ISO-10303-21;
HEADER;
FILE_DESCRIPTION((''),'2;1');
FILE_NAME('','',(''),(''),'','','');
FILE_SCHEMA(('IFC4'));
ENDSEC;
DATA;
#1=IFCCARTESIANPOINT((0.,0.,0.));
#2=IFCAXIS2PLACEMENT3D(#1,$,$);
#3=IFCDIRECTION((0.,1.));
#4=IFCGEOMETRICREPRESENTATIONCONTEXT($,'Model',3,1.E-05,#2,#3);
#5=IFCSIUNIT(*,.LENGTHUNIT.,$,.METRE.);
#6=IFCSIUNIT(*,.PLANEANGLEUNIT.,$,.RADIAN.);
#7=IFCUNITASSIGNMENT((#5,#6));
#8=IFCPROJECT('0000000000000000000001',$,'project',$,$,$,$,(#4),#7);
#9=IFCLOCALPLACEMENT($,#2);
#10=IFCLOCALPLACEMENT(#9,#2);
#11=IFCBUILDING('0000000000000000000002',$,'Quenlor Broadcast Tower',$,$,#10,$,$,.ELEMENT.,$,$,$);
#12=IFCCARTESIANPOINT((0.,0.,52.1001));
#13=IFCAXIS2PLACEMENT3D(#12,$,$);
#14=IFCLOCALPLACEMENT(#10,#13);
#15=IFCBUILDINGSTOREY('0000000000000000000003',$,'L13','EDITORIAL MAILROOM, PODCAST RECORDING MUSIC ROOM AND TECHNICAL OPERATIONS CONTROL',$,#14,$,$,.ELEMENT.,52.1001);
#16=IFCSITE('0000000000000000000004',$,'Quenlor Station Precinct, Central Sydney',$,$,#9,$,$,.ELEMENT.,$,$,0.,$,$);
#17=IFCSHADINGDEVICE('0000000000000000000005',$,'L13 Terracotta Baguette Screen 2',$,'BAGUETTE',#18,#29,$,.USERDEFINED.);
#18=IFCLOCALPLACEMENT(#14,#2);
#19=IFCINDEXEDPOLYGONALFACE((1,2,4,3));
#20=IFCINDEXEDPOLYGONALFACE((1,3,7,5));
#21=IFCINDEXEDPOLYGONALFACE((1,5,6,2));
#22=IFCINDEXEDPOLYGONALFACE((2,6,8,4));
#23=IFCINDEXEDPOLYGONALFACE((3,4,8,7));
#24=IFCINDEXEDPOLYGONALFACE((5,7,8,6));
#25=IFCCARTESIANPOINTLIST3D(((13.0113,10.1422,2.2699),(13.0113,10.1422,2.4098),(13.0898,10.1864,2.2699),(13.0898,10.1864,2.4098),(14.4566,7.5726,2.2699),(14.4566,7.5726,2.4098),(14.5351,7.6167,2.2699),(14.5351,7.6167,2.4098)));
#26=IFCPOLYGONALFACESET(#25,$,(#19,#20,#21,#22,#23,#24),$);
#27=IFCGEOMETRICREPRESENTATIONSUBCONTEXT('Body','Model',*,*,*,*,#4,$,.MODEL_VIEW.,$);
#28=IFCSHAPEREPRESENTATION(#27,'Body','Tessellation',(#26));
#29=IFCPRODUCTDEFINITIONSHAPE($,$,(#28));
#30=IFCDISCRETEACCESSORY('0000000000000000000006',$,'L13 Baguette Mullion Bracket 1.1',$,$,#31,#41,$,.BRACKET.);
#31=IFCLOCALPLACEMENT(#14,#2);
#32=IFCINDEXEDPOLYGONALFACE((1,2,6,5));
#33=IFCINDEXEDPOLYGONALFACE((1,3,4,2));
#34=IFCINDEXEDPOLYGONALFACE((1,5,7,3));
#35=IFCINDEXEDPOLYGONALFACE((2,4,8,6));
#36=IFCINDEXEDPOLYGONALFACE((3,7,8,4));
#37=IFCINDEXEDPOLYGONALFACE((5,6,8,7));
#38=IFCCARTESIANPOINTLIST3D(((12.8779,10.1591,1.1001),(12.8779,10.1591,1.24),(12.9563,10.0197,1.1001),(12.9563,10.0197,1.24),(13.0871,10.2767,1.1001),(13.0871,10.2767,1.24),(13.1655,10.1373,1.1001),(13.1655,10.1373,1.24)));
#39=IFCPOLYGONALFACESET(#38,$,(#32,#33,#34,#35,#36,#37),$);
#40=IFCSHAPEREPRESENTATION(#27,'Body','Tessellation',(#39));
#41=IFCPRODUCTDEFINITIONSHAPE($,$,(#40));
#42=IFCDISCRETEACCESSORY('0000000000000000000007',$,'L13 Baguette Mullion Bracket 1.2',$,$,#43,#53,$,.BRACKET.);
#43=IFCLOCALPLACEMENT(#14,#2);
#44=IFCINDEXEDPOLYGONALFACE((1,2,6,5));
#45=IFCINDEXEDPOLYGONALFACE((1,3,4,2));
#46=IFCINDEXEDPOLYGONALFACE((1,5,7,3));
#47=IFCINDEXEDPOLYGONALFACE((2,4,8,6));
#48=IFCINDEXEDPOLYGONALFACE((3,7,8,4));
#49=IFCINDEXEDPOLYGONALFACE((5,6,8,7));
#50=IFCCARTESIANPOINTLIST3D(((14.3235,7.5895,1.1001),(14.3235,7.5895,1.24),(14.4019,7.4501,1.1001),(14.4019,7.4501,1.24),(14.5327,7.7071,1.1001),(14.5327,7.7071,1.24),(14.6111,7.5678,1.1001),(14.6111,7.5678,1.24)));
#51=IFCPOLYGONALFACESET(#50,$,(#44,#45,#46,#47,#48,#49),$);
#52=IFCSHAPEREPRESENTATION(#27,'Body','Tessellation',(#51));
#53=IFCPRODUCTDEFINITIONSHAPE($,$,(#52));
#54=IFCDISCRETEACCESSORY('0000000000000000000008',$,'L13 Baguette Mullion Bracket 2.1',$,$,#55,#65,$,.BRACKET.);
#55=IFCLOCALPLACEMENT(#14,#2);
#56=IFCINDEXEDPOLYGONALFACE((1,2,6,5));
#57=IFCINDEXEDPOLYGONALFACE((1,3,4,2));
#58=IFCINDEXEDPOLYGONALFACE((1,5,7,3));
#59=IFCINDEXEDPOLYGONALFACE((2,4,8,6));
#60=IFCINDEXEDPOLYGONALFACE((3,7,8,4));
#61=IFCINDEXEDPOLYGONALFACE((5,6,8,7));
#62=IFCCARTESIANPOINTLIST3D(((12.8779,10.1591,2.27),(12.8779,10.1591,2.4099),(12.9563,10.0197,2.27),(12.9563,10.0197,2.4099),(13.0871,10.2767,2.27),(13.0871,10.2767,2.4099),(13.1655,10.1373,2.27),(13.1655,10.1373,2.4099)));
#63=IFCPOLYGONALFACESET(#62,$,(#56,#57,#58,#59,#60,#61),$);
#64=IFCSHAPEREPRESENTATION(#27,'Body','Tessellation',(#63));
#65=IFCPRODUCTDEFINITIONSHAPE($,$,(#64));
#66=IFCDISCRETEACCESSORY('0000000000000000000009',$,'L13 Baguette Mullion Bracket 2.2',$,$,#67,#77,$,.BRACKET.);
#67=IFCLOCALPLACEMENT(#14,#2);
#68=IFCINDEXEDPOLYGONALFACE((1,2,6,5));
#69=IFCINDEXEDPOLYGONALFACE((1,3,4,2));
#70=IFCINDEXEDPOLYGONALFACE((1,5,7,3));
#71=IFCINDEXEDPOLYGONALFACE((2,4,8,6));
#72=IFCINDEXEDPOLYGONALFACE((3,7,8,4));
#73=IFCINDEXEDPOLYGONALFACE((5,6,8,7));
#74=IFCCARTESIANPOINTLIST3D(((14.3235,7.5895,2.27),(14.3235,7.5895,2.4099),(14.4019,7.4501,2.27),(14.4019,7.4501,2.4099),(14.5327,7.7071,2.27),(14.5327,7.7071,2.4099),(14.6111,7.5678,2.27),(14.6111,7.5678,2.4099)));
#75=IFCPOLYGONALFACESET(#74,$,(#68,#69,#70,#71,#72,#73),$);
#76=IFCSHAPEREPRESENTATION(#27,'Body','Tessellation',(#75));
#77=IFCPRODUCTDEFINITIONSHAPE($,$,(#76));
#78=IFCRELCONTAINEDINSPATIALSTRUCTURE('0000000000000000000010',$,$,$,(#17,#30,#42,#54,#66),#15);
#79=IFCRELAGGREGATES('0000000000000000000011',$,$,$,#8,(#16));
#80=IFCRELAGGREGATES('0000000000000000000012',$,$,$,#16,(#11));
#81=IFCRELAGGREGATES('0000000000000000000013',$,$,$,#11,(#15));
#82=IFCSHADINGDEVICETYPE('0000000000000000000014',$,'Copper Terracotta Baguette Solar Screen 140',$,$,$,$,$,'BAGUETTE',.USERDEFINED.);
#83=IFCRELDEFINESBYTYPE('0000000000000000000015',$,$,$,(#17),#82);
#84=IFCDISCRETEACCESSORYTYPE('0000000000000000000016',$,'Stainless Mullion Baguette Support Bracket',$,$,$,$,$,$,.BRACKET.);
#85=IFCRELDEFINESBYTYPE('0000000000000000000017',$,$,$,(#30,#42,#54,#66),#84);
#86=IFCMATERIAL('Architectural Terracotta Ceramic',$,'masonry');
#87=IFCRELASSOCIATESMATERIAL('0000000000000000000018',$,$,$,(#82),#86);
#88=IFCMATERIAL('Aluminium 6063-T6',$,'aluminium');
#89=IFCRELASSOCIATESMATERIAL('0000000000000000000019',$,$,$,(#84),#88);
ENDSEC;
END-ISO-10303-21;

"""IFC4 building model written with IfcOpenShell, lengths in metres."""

from ifc_helpers import new_model, si_unit, direction, frame, origin, origin_2d, place, context, subcontext, project, spatial, rectangle, extrude, material, material_profile, profile_set, type_object, element, save


model = new_model("IFC4")

# Units and contexts
model_context = context("Model", 3, precision=1e-05, world=origin(), true_north=direction((0.0, 1.0)))
body_context = subcontext(model_context, "Body", "Model", "MODEL_VIEW")
ifc_project = project(units=[si_unit("LENGTHUNIT", "METRE"), si_unit("PLANEANGLEUNIT", "RADIAN")], contexts=[model_context])

# Site, building, storey
site_placement = place(None, origin())
site = spatial("IfcSite", under=ifc_project, at=site_placement, Name="Quenlor Station Precinct, Central Sydney", CompositionType="ELEMENT", RefElevation=0.0)
building_placement = place(site_placement, origin())
building = spatial("IfcBuilding", under=site, at=building_placement, Name="Quenlor Broadcast Tower", CompositionType="ELEMENT")
storey_placement = place(building_placement, frame((0.0, 0.0, 52.1001)))
storey = spatial("IfcBuildingStorey", under=building, at=storey_placement, Name="L13", Description="EDITORIAL MAILROOM, PODCAST RECORDING MUSIC ROOM AND TECHNICAL OPERATIONS CONTROL", CompositionType="ELEMENT", Elevation=52.1001)

# Shading device
ifc_material_1 = material(Name="Architectural Terracotta Ceramic", Category="masonry")
ifc_material_profile_1 = material_profile(ifc_material_1, rectangle(XDim=0.0901, YDim=0.1399, at=origin_2d()))
ifc_profile_set_1 = profile_set([ifc_material_profile_1], Name="Architectural Terracotta Ceramic BAG90x140")
shading_device_type = type_object("IfcShadingDeviceType", Name="Copper Terracotta Baguette Solar Screen 140", ElementType="BAGUETTE", PredefinedType="USERDEFINED", material=ifc_profile_set_1)
for number, where, z_axis, x_axis, name in (
    (1, (13.0505, 10.1643, 2.3398), (0.490242, -0.871587, 0.0), (0.871587, 0.490242, 0.0), "L13 Terracotta Baguette Screen 2"),
):
    element("IfcShadingDevice", number, at=place(storey_placement, frame(where, z_axis=z_axis, x_axis=x_axis)), inside=storey, type_object=shading_device_type, Name=name, ObjectType="BAGUETTE", PredefinedType="USERDEFINED", context=body_context, shape_type="SweptSolid", body=[
        extrude(rectangle(XDim=0.0901, YDim=0.1399, at=origin_2d()), origin(), (0.0, 0.0, 1.0), 2.9482),
    ])

# Discrete accessories
ifc_material_2 = material(Name="Aluminium 6063-T6", Category="aluminium")
discrete_accessory_type = type_object("IfcDiscreteAccessoryType", Name="Stainless Mullion Baguette Support Bracket", PredefinedType="BRACKET", material=ifc_material_2)
for number, where, z_axis, x_axis, name in (
    (2, (13.0217, 10.1482, 1.1001), (0.0, 0.0, 1.0), (0.490274, -0.871568, 0.0), "L13 Baguette Mullion Bracket 1.1"),
    (3, (14.4673, 7.5786, 1.1001), (0.0, 0.0, 1.0), (0.490274, -0.871568, 0.0), "L13 Baguette Mullion Bracket 1.2"),
    (4, (13.0217, 10.1482, 2.27), (0.0, 0.0, 1.0), (0.490274, -0.871568, 0.0), "L13 Baguette Mullion Bracket 2.1"),
    (5, (14.4673, 7.5786, 2.27), (0.0, 0.0, 1.0), (0.490274, -0.871568, 0.0), "L13 Baguette Mullion Bracket 2.2"),
):
    element("IfcDiscreteAccessory", number, at=place(storey_placement, frame(where, z_axis=z_axis, x_axis=x_axis)), inside=storey, type_object=discrete_accessory_type, Name=name, PredefinedType="BRACKET", context=body_context, shape_type="SweptSolid", body=[
        extrude(rectangle(XDim=0.1599, YDim=0.24, at=origin_2d()), origin(), (0.0, 0.0, 1.0), 0.1399),
    ])

save(model, "model.ifc")
